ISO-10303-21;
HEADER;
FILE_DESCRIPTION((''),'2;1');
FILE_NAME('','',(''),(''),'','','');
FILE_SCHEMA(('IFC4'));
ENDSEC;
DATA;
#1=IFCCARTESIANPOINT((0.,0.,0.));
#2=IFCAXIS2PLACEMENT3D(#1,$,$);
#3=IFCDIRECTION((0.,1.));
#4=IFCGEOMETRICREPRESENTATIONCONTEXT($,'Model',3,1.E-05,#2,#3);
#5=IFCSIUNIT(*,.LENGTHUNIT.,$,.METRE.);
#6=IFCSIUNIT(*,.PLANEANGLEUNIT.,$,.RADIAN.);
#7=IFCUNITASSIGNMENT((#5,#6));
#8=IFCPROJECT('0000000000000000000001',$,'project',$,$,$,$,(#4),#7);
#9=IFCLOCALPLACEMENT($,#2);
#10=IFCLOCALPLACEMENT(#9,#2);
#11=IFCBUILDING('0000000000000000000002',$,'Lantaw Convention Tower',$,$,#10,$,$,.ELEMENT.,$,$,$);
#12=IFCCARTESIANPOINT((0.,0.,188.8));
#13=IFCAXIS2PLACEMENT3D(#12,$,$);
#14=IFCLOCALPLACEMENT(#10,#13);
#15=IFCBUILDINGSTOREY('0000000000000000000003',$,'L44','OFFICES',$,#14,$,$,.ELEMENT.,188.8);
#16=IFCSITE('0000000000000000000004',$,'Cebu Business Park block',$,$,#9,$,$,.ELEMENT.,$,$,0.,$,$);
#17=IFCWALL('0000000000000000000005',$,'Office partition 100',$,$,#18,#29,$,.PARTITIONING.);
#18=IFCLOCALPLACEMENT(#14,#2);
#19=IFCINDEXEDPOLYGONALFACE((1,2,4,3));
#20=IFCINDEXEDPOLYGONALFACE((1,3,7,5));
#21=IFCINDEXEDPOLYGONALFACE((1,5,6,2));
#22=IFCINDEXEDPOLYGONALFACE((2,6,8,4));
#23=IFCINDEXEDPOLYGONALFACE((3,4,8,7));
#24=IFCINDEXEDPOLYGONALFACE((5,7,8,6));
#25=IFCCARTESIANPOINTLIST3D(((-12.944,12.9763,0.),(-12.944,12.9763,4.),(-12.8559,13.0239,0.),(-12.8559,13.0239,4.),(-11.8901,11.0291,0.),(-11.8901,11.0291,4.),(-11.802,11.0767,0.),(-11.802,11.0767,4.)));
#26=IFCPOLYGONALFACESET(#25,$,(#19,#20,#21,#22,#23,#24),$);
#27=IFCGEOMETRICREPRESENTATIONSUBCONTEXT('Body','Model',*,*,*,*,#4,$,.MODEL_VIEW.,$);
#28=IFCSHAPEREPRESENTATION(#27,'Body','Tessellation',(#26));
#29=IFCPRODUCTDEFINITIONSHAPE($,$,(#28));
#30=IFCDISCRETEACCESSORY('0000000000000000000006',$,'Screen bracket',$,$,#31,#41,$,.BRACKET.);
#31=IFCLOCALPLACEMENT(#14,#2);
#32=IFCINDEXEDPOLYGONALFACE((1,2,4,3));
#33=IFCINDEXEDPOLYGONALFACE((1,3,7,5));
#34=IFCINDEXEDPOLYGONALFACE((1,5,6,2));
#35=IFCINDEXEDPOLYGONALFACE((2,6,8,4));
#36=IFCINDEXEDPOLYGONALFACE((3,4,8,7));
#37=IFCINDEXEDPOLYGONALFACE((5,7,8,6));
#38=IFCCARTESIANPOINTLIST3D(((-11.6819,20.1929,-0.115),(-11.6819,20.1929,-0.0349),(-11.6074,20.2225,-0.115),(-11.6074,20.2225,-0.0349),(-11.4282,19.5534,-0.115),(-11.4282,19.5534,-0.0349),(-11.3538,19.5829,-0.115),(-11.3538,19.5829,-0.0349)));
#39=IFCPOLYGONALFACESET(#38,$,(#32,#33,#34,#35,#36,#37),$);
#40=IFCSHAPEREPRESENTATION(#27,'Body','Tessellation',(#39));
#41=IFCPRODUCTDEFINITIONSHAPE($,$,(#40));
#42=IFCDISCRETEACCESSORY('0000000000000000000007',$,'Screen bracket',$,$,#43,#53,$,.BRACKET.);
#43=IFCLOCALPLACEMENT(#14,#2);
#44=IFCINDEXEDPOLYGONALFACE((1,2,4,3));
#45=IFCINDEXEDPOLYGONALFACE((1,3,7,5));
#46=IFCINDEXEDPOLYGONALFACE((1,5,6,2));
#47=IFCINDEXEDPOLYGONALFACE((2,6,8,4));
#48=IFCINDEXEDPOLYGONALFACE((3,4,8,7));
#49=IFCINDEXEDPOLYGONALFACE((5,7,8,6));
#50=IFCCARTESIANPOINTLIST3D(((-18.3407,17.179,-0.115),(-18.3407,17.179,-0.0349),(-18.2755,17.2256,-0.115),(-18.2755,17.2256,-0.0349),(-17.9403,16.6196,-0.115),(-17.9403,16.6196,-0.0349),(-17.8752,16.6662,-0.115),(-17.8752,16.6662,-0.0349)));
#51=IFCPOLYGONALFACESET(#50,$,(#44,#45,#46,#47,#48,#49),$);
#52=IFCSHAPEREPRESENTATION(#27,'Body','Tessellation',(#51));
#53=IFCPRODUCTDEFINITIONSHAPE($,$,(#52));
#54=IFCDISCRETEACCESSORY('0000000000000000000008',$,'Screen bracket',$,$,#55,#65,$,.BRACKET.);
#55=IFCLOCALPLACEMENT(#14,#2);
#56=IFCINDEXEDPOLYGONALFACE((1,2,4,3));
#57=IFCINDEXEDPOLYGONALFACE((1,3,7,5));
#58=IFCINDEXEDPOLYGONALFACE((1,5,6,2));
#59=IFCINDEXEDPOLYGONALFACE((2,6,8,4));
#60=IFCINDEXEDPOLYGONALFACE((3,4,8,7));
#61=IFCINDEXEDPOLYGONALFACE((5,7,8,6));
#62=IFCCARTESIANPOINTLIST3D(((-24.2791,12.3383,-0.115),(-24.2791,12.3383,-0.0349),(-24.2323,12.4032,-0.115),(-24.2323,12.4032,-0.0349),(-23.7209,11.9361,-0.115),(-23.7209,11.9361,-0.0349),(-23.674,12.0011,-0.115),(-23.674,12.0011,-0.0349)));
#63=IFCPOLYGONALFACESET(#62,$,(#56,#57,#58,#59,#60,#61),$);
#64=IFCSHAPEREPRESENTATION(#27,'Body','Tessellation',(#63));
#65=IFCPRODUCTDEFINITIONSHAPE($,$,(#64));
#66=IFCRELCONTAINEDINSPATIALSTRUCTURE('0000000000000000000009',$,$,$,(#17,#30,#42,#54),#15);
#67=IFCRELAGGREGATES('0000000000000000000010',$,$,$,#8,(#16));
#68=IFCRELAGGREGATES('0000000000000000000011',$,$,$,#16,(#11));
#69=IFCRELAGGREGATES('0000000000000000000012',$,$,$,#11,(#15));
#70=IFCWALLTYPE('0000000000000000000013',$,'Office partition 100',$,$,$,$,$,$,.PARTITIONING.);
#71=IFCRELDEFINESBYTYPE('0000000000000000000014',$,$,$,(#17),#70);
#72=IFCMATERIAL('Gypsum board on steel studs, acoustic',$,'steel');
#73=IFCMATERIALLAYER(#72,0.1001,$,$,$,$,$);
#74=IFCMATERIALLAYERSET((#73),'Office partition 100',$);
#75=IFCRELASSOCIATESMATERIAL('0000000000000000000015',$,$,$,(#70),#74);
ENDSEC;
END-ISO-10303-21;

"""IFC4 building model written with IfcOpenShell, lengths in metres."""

from ifc_helpers import new_model, si_unit, direction, frame, frame_2d, origin, origin_2d, place, context, subcontext, project, spatial, rectangle, extrude, material, layer, layer_set, type_object, element, save


model = new_model("IFC4")

# Units and contexts
model_context = context("Model", 3, precision=1e-05, world=origin(), true_north=direction((0.0, 1.0)))
body_context = subcontext(model_context, "Body", "Model", "MODEL_VIEW")
ifc_project = project(units=[si_unit("LENGTHUNIT", "METRE"), si_unit("PLANEANGLEUNIT", "RADIAN")], contexts=[model_context])

# Site, building, storey
site_placement = place(None, origin())
site = spatial("IfcSite", under=ifc_project, at=site_placement, Name="Cebu Business Park block", CompositionType="ELEMENT", RefElevation=0.0)
building_placement = place(site_placement, origin())
building = spatial("IfcBuilding", under=site, at=building_placement, Name="Lantaw Convention Tower", CompositionType="ELEMENT")
storey_placement = place(building_placement, frame((0.0, 0.0, 188.8)))
storey = spatial("IfcBuildingStorey", under=building, at=storey_placement, Name="L44", Description="OFFICES", CompositionType="ELEMENT", Elevation=188.8)

# Wall
ifc_material_1 = material(Name="Gypsum board on steel studs, acoustic", Category="steel")
ifc_layer_1 = layer(ifc_material_1, 0.1001)
ifc_layer_set_1 = layer_set([ifc_layer_1], Name="Office partition 100")
wall_type_1 = type_object("IfcWallType", Name="Office partition 100", PredefinedType="PARTITIONING", material=ifc_layer_set_1)
wall_1_placement = place(storey_placement, frame((-12.8999, 13.0, 0.0), z_axis=(0.0, 0.0, 1.0), x_axis=(0.475999, -0.879446, 0.0)))
element("IfcWall", 1, at=wall_1_placement, inside=storey, type_object=wall_type_1, Name="Office partition 100", PredefinedType="PARTITIONING", context=body_context, shape_type="SweptSolid", body=[
    extrude(rectangle(XDim=2.2141, YDim=0.1001, at=frame_2d((1.1069, 0.0))), origin(), (0.0, 0.0, 1.0), 4.0),
])

# Discrete accessories
for number, where, z_axis, x_axis, name in (
    (2, (-11.5178, 19.8879, -0.115), (0.0, 0.0, 1.0), (-0.929548, -0.368702, 0.0), "Screen bracket"),
    (3, (-18.1079, 16.9226, -0.115), (0.0, 0.0, 1.0), (-0.813208, -0.581973, 0.0), "Screen bracket"),
    (4, (-23.9766, 12.1697, -0.115), (0.0, 0.0, 1.0), (-0.584513, -0.811385, 0.0), "Screen bracket"),
):
    element("IfcDiscreteAccessory", number, at=place(storey_placement, frame(where, z_axis=z_axis, x_axis=x_axis)), inside=storey, Name=name, PredefinedType="BRACKET", context=body_context, shape_type="SweptSolid", body=[
        extrude(rectangle(XDim=0.0801, YDim=0.688, at=origin_2d()), origin(), (0.0, 0.0, 1.0), 0.0801),
    ])

save(model, "model.ifc")
